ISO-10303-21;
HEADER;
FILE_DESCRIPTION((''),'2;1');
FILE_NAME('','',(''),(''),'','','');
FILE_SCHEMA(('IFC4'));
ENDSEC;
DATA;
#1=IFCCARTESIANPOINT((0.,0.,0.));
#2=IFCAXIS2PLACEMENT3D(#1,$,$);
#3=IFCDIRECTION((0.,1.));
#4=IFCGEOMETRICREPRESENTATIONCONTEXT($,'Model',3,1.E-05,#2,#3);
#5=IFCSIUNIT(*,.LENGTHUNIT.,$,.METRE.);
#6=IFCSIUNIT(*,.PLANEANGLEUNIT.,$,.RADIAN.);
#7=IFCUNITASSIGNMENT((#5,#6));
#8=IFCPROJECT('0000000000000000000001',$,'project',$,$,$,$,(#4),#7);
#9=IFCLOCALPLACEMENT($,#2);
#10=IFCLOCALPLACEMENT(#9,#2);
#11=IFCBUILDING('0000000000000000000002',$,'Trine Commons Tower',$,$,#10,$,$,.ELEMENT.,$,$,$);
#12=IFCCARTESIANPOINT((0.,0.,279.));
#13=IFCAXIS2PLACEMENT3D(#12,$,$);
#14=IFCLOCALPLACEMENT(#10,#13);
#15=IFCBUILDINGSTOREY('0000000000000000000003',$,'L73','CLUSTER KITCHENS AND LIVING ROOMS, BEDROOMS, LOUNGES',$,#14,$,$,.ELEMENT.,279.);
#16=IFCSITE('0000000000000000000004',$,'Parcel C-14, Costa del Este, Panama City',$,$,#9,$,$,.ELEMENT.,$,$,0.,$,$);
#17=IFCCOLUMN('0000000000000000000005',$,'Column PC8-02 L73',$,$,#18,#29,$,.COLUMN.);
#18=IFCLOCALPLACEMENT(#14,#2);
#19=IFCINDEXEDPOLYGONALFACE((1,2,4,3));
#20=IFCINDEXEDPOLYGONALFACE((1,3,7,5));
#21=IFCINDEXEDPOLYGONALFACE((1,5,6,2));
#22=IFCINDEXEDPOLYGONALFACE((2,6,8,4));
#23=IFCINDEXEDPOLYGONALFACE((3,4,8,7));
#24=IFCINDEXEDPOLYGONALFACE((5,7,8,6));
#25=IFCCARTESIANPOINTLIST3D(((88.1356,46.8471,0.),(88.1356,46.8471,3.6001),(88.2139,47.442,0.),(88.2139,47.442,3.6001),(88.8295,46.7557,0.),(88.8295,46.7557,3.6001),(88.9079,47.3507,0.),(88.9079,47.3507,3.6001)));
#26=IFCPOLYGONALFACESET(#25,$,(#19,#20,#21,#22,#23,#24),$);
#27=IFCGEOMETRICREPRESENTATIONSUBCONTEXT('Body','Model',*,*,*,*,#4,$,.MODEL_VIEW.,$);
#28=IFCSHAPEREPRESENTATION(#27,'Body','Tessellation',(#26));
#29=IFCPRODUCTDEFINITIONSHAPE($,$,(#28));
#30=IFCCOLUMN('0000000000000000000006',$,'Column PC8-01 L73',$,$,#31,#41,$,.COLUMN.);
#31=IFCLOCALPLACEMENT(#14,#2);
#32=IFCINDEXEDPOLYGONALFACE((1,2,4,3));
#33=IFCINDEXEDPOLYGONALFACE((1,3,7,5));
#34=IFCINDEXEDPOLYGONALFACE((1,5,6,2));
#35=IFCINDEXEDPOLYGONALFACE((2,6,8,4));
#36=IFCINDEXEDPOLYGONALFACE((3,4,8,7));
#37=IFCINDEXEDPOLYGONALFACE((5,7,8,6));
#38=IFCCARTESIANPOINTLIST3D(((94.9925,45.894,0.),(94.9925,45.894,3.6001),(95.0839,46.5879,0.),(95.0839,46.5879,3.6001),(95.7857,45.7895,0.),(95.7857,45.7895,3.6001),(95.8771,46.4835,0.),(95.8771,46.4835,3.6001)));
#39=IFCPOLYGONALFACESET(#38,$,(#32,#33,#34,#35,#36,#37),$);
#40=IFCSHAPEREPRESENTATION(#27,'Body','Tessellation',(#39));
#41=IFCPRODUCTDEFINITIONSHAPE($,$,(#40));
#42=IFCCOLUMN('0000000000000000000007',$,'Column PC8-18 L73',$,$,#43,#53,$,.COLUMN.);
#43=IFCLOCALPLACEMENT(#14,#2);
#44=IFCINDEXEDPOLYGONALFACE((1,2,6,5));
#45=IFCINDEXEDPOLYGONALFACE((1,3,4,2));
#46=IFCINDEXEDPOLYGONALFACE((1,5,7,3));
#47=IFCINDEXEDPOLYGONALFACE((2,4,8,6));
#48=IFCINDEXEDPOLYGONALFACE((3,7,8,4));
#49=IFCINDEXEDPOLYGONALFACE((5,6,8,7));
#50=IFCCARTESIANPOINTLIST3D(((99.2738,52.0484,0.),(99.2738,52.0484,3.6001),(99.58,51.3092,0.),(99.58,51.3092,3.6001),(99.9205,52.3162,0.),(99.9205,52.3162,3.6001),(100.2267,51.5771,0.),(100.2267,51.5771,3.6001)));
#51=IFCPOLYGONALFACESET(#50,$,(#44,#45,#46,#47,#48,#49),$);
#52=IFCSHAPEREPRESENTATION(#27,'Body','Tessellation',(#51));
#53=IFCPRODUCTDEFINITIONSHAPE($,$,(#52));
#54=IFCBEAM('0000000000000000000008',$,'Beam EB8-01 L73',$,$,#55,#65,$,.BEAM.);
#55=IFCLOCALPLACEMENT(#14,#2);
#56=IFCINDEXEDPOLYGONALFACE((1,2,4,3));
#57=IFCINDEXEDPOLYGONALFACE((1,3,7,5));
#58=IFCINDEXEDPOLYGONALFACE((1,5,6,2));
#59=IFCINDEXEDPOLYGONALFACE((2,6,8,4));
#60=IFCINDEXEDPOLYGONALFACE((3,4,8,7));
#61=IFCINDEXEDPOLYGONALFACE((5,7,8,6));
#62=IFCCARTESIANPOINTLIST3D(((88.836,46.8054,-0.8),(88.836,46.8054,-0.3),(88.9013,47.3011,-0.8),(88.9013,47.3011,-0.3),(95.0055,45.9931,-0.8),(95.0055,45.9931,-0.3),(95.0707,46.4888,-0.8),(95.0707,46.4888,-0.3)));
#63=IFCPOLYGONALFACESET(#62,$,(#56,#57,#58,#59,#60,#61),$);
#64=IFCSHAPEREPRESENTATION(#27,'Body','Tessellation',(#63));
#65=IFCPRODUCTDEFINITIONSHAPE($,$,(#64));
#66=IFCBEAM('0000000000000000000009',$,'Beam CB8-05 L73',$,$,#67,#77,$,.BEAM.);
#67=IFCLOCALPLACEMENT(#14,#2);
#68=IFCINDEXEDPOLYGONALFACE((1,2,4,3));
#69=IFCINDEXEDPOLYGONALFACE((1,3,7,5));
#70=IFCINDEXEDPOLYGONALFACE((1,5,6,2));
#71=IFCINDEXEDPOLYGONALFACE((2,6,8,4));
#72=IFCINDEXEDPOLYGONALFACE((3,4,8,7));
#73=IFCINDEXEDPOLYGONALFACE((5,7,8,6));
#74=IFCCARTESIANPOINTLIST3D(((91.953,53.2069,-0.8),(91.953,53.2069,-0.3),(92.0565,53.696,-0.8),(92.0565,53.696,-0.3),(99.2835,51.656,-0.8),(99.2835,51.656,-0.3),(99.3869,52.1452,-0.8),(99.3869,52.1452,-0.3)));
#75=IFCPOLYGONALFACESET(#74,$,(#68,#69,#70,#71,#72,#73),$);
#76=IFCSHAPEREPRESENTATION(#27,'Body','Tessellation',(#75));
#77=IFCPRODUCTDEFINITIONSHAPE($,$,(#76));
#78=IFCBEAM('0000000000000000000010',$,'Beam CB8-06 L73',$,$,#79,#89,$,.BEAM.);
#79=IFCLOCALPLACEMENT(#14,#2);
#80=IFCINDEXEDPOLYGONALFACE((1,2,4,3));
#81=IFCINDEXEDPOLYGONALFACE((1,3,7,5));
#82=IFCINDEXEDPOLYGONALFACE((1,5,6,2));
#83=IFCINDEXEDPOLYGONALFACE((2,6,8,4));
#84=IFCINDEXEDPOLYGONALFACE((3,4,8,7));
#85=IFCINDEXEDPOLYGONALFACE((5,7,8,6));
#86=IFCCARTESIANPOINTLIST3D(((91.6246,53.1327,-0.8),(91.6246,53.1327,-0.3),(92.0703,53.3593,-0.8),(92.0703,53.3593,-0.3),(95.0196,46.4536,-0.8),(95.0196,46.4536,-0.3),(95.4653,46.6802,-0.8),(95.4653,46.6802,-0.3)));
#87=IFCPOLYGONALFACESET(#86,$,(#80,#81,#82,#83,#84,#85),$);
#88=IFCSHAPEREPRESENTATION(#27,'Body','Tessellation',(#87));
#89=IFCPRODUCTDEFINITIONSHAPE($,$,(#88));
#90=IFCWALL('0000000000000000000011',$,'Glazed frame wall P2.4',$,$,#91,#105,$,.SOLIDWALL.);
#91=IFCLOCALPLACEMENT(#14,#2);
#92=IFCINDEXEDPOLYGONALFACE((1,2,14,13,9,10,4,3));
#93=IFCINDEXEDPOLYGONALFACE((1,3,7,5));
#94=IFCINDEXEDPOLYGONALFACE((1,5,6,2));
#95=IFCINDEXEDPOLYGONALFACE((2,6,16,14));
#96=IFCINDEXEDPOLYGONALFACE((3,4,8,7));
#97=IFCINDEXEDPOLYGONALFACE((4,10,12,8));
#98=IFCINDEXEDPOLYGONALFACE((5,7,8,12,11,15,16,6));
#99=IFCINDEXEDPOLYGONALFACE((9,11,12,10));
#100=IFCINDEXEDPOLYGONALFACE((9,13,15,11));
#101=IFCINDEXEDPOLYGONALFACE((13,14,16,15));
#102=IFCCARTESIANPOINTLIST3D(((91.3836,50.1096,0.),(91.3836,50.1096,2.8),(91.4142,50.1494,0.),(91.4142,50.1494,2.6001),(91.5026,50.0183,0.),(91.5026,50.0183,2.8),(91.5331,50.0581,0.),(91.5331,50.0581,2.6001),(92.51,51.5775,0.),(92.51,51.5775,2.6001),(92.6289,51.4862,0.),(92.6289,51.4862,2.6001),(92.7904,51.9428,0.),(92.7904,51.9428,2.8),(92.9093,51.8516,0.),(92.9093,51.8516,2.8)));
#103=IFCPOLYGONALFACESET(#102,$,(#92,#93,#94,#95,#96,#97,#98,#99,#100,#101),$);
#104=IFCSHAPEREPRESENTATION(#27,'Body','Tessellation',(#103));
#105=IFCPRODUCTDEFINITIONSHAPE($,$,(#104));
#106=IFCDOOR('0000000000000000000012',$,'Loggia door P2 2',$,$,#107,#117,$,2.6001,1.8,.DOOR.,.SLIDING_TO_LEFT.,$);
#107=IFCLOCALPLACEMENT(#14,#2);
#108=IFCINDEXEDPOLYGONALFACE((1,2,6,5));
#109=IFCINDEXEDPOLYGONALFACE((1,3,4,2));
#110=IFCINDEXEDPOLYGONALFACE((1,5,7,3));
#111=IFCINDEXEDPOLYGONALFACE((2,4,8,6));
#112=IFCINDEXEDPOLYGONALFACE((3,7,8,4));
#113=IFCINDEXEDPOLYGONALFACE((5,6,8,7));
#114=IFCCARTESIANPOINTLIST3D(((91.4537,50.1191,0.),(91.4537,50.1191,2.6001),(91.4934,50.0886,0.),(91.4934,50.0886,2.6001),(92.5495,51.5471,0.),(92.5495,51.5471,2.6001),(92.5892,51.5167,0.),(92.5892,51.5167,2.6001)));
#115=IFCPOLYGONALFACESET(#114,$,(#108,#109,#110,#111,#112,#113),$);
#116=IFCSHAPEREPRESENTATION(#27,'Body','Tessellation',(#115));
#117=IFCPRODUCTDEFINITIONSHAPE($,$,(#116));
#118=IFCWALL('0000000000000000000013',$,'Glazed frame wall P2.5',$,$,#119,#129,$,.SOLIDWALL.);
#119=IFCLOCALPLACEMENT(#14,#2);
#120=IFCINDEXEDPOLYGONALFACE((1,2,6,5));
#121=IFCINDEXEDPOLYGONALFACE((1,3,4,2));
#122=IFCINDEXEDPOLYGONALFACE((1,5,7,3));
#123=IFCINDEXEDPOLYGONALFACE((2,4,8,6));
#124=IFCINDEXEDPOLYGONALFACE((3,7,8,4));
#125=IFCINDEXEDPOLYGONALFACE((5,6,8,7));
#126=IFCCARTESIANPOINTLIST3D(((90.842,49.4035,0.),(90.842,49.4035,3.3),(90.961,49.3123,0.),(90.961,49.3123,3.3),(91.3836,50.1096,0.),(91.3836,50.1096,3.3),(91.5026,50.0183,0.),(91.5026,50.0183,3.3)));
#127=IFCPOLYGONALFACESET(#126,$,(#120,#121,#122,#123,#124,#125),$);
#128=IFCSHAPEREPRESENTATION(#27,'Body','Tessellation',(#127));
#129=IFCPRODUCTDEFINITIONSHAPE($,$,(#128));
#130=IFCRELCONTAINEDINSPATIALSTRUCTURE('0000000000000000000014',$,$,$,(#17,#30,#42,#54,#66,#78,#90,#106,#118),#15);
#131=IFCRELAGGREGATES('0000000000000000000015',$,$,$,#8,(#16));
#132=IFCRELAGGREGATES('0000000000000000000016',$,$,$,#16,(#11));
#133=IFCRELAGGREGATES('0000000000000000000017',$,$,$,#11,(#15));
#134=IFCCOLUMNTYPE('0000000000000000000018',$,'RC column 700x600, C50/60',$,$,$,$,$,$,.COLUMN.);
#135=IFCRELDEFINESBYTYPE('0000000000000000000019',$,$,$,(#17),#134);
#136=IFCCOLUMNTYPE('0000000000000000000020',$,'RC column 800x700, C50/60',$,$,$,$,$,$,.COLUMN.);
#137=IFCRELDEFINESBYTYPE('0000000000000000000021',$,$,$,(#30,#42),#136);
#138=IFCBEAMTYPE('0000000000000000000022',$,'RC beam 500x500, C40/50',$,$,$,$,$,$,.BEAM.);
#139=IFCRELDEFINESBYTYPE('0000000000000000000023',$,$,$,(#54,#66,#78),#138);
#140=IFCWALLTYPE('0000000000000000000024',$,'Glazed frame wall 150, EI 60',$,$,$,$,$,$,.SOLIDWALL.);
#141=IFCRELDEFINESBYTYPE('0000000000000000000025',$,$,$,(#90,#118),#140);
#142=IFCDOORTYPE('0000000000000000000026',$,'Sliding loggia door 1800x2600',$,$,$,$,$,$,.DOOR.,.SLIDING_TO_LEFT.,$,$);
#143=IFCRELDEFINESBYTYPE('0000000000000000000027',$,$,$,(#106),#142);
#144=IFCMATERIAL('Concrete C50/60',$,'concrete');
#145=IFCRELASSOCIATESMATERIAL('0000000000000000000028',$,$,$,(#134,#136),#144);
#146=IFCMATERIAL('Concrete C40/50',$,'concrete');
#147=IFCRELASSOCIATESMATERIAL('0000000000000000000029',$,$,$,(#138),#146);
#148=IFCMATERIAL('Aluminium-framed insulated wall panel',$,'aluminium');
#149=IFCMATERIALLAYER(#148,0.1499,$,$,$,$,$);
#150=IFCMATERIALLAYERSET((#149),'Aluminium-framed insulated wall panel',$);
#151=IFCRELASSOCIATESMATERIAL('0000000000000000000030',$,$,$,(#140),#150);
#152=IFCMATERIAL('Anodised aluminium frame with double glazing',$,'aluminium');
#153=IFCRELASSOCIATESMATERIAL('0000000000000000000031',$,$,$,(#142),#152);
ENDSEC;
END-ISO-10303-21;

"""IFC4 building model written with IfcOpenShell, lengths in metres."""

from ifc_helpers import new_model, si_unit, direction, frame, frame_2d, origin, origin_2d, place, context, subcontext, project, spatial, polyline, rectangle, outline, extrude, material, layer, layer_set, material_profile, profile_set, type_object, element, fill, save


model = new_model("IFC4")

# Units and contexts
model_context = context("Model", 3, precision=1e-05, world=origin(), true_north=direction((0.0, 1.0)))
body_context = subcontext(model_context, "Body", "Model", "MODEL_VIEW")
ifc_project = project(units=[si_unit("LENGTHUNIT", "METRE"), si_unit("PLANEANGLEUNIT", "RADIAN")], contexts=[model_context])

# Site, building, storey
site_placement = place(None, origin())
site = spatial("IfcSite", under=ifc_project, at=site_placement, Name="Parcel C-14, Costa del Este, Panama City", CompositionType="ELEMENT", RefElevation=0.0)
building_placement = place(site_placement, origin())
building = spatial("IfcBuilding", under=site, at=building_placement, Name="Trine Commons Tower", CompositionType="ELEMENT")
storey_placement = place(building_placement, frame((0.0, 0.0, 279.0)))
storey = spatial("IfcBuildingStorey", under=building, at=storey_placement, Name="L73", Description="CLUSTER KITCHENS AND LIVING ROOMS, BEDROOMS, LOUNGES", CompositionType="ELEMENT", Elevation=279.0)

# Columns
ifc_material_1 = material(Name="Concrete C50/60", Category="concrete")
ifc_material_profile_1 = material_profile(ifc_material_1, rectangle(XDim=0.7, YDim=0.6001, at=origin_2d()), Name="RC 700x600")
ifc_profile_set_1 = profile_set([ifc_material_profile_1], Name="Concrete C50/60")
column_type_1 = type_object("IfcColumnType", Name="RC column 700x600, C50/60", PredefinedType="COLUMN", material=ifc_profile_set_1)
column_placement = place(storey_placement, frame((88.5217, 47.0989, 0.0), z_axis=(0.0, 0.0, 1.0), x_axis=(-0.991445, 0.130526, 0.0)))
element("IfcColumn", 1, at=column_placement, inside=storey, type_object=column_type_1, Name="Column PC8-02 L73", PredefinedType="COLUMN", context=body_context, shape_type="SweptSolid", body=[
    extrude(rectangle(XDim=0.7, YDim=0.6001, at=origin_2d()), origin(), (0.0, 0.0, 1.0), 3.6001),
])
ifc_material_profile_2 = material_profile(ifc_material_1, rectangle(XDim=0.8, YDim=0.7, at=origin_2d()), Name="RC 800x700")
ifc_profile_set_2 = profile_set([ifc_material_profile_2], Name="Concrete C50/60")
column_type_2 = type_object("IfcColumnType", Name="RC column 800x700, C50/60", PredefinedType="COLUMN", material=ifc_profile_set_2)
for number, where, z_axis, x_axis, name in (
    (2, (95.4348, 46.1887, 0.0), (0.0, 0.0, 1.0), (-0.991445, 0.130526, 0.0), "Column PC8-01 L73"),
    (3, (99.7502, 51.8127, 0.0), (0.0, 0.0, 1.0), (-0.382683, 0.92388, 0.0), "Column PC8-18 L73"),
):
    element("IfcColumn", number, at=place(storey_placement, frame(where, z_axis=z_axis, x_axis=x_axis)), inside=storey, type_object=column_type_2, Name=name, PredefinedType="COLUMN", context=body_context, shape_type="SweptSolid", body=[
        extrude(rectangle(XDim=0.8, YDim=0.7, at=origin_2d()), origin(), (0.0, 0.0, 1.0), 3.6001),
    ])

# Beams
ifc_material_2 = material(Name="Concrete C40/50", Category="concrete")
ifc_material_profile_3 = material_profile(ifc_material_2, rectangle(XDim=0.5, YDim=0.5, at=origin_2d()), Name="RC 500x500")
ifc_profile_set_3 = profile_set([ifc_material_profile_3], Name="Concrete C40/50")
beam_type = type_object("IfcBeamType", Name="RC beam 500x500, C40/50", PredefinedType="BEAM", material=ifc_profile_set_3)
beam_1_placement = place(storey_placement, frame((95.0381, 46.241, -0.55), z_axis=(-0.991444, 0.130532, 0.0), x_axis=(-0.130532, -0.991444, 0.0)))
element("IfcBeam", 4, at=beam_1_placement, inside=storey, type_object=beam_type, Name="Beam EB8-01 L73", PredefinedType="BEAM", context=body_context, shape_type="SweptSolid", body=[
    extrude(rectangle(XDim=0.5, YDim=0.5, at=origin_2d()), origin(), (0.0, 0.0, 1.0), 6.2227),
])
beam_2_placement = place(storey_placement, frame((99.3352, 51.9006, -0.55), z_axis=(-0.978346, 0.206976, 0.0), x_axis=(-0.206976, -0.978346, 0.0)))
element("IfcBeam", 5, at=beam_2_placement, inside=storey, type_object=beam_type, Name="Beam CB8-05 L73", PredefinedType="BEAM", context=body_context, shape_type="SweptSolid", body=[
    extrude(rectangle(XDim=0.5, YDim=0.5, at=origin_2d()), origin(), (0.0, 0.0, 1.0), 7.4927),
])
beam_3_placement = place(storey_placement, frame((95.2424, 46.5669, -0.55), z_axis=(-0.453121, 0.891449, 0.0), x_axis=(-0.891449, -0.453121, 0.0)))
element("IfcBeam", 6, at=beam_3_placement, inside=storey, type_object=beam_type, Name="Beam CB8-06 L73", PredefinedType="BEAM", context=body_context, shape_type="SweptSolid", body=[
    extrude(rectangle(XDim=0.5, YDim=0.5, at=origin_2d()), origin(), (0.0, 0.0, 1.0), 7.4924),
])

# Wall, opening, door
ifc_material_3 = material(Name="Aluminium-framed insulated wall panel", Category="aluminium")
ifc_layer_1 = layer(ifc_material_3, 0.1499)
ifc_layer_set_1 = layer_set([ifc_layer_1], Name="Aluminium-framed insulated wall panel")
wall_type_1 = type_object("IfcWallType", Name="Glazed frame wall 150, EI 60", PredefinedType="SOLIDWALL", material=ifc_layer_set_1)
wall_1_placement = place(storey_placement, frame((92.8499, 51.8972, 0.0), z_axis=(0.0, 0.0, 1.0), x_axis=(-0.608771, -0.793346, 0.0)))
wall_1 = element("IfcWall", 7, at=wall_1_placement, inside=storey, type_object=wall_type_1, Name="Glazed frame wall P2.4", PredefinedType="SOLIDWALL", context=body_context, shape_type="SweptSolid", body=[
    extrude(outline(polyline([(0.0, -0.075), (2.3108, -0.075), (2.3108, 0.075), (0.0, 0.075), (0.0, -0.075)])), origin(), (0.0, 0.0, 1.0), 2.8),
])
opening_1_placement = place(wall_1_placement, frame((0.4607, 0.0, 0.0)))
opening_1 = element("IfcOpeningElement", 8, at=opening_1_placement, cuts=wall_1, PredefinedType="OPENING", context=body_context, shape_type="SweptSolid", body=[
    extrude(rectangle(XDim=1.8, YDim=2.6001, at=frame_2d((0.8999, 1.3))), frame((0.0, 0.085, 0.0), z_axis=(0.0, -1.0, 0.0), x_axis=(1.0, 0.0, 0.0)), (0.0, 0.0, 1.0), 0.1699),
])
ifc_material_4 = material(Name="Anodised aluminium frame with double glazing", Category="aluminium")
door_type = type_object("IfcDoorType", Name="Sliding loggia door 1800x2600", OperationType="SLIDING_TO_LEFT", PredefinedType="DOOR", material=ifc_material_4)
door_1_placement = place(opening_1_placement, origin())
door_1 = element("IfcDoor", 9, at=door_1_placement, inside=storey, type_object=door_type, Name="Loggia door P2 2", OperationType="SLIDING_TO_LEFT", OverallHeight=2.6001, OverallWidth=1.8, PredefinedType="DOOR", context=body_context, shape_type="SweptSolid", body=[
    extrude(rectangle(XDim=1.8, YDim=2.6001, at=frame_2d((0.8999, 1.3))), frame((0.0, 0.0249, 0.0), z_axis=(0.0, -1.0, 0.0), x_axis=(1.0, 0.0, 0.0)), (0.0, 0.0, 1.0), 0.05),
])
fill(opening_1, door_1)

# Wall
wall_2_placement = place(storey_placement, frame((91.4431, 50.064, 0.0), z_axis=(0.0, 0.0, 1.0), x_axis=(-0.608637, -0.793449, 0.0)))
element("IfcWall", 10, at=wall_2_placement, inside=storey, type_object=wall_type_1, Name="Glazed frame wall P2.5", PredefinedType="SOLIDWALL", context=body_context, shape_type="SweptSolid", body=[
    extrude(outline(polyline([(0.8899, 0.075), (0.0, 0.075), (0.0, -0.075), (0.8899, -0.075), (0.8899, 0.075)])), origin(), (0.0, 0.0, 1.0), 3.3),
])

save(model, "model.ifc")
